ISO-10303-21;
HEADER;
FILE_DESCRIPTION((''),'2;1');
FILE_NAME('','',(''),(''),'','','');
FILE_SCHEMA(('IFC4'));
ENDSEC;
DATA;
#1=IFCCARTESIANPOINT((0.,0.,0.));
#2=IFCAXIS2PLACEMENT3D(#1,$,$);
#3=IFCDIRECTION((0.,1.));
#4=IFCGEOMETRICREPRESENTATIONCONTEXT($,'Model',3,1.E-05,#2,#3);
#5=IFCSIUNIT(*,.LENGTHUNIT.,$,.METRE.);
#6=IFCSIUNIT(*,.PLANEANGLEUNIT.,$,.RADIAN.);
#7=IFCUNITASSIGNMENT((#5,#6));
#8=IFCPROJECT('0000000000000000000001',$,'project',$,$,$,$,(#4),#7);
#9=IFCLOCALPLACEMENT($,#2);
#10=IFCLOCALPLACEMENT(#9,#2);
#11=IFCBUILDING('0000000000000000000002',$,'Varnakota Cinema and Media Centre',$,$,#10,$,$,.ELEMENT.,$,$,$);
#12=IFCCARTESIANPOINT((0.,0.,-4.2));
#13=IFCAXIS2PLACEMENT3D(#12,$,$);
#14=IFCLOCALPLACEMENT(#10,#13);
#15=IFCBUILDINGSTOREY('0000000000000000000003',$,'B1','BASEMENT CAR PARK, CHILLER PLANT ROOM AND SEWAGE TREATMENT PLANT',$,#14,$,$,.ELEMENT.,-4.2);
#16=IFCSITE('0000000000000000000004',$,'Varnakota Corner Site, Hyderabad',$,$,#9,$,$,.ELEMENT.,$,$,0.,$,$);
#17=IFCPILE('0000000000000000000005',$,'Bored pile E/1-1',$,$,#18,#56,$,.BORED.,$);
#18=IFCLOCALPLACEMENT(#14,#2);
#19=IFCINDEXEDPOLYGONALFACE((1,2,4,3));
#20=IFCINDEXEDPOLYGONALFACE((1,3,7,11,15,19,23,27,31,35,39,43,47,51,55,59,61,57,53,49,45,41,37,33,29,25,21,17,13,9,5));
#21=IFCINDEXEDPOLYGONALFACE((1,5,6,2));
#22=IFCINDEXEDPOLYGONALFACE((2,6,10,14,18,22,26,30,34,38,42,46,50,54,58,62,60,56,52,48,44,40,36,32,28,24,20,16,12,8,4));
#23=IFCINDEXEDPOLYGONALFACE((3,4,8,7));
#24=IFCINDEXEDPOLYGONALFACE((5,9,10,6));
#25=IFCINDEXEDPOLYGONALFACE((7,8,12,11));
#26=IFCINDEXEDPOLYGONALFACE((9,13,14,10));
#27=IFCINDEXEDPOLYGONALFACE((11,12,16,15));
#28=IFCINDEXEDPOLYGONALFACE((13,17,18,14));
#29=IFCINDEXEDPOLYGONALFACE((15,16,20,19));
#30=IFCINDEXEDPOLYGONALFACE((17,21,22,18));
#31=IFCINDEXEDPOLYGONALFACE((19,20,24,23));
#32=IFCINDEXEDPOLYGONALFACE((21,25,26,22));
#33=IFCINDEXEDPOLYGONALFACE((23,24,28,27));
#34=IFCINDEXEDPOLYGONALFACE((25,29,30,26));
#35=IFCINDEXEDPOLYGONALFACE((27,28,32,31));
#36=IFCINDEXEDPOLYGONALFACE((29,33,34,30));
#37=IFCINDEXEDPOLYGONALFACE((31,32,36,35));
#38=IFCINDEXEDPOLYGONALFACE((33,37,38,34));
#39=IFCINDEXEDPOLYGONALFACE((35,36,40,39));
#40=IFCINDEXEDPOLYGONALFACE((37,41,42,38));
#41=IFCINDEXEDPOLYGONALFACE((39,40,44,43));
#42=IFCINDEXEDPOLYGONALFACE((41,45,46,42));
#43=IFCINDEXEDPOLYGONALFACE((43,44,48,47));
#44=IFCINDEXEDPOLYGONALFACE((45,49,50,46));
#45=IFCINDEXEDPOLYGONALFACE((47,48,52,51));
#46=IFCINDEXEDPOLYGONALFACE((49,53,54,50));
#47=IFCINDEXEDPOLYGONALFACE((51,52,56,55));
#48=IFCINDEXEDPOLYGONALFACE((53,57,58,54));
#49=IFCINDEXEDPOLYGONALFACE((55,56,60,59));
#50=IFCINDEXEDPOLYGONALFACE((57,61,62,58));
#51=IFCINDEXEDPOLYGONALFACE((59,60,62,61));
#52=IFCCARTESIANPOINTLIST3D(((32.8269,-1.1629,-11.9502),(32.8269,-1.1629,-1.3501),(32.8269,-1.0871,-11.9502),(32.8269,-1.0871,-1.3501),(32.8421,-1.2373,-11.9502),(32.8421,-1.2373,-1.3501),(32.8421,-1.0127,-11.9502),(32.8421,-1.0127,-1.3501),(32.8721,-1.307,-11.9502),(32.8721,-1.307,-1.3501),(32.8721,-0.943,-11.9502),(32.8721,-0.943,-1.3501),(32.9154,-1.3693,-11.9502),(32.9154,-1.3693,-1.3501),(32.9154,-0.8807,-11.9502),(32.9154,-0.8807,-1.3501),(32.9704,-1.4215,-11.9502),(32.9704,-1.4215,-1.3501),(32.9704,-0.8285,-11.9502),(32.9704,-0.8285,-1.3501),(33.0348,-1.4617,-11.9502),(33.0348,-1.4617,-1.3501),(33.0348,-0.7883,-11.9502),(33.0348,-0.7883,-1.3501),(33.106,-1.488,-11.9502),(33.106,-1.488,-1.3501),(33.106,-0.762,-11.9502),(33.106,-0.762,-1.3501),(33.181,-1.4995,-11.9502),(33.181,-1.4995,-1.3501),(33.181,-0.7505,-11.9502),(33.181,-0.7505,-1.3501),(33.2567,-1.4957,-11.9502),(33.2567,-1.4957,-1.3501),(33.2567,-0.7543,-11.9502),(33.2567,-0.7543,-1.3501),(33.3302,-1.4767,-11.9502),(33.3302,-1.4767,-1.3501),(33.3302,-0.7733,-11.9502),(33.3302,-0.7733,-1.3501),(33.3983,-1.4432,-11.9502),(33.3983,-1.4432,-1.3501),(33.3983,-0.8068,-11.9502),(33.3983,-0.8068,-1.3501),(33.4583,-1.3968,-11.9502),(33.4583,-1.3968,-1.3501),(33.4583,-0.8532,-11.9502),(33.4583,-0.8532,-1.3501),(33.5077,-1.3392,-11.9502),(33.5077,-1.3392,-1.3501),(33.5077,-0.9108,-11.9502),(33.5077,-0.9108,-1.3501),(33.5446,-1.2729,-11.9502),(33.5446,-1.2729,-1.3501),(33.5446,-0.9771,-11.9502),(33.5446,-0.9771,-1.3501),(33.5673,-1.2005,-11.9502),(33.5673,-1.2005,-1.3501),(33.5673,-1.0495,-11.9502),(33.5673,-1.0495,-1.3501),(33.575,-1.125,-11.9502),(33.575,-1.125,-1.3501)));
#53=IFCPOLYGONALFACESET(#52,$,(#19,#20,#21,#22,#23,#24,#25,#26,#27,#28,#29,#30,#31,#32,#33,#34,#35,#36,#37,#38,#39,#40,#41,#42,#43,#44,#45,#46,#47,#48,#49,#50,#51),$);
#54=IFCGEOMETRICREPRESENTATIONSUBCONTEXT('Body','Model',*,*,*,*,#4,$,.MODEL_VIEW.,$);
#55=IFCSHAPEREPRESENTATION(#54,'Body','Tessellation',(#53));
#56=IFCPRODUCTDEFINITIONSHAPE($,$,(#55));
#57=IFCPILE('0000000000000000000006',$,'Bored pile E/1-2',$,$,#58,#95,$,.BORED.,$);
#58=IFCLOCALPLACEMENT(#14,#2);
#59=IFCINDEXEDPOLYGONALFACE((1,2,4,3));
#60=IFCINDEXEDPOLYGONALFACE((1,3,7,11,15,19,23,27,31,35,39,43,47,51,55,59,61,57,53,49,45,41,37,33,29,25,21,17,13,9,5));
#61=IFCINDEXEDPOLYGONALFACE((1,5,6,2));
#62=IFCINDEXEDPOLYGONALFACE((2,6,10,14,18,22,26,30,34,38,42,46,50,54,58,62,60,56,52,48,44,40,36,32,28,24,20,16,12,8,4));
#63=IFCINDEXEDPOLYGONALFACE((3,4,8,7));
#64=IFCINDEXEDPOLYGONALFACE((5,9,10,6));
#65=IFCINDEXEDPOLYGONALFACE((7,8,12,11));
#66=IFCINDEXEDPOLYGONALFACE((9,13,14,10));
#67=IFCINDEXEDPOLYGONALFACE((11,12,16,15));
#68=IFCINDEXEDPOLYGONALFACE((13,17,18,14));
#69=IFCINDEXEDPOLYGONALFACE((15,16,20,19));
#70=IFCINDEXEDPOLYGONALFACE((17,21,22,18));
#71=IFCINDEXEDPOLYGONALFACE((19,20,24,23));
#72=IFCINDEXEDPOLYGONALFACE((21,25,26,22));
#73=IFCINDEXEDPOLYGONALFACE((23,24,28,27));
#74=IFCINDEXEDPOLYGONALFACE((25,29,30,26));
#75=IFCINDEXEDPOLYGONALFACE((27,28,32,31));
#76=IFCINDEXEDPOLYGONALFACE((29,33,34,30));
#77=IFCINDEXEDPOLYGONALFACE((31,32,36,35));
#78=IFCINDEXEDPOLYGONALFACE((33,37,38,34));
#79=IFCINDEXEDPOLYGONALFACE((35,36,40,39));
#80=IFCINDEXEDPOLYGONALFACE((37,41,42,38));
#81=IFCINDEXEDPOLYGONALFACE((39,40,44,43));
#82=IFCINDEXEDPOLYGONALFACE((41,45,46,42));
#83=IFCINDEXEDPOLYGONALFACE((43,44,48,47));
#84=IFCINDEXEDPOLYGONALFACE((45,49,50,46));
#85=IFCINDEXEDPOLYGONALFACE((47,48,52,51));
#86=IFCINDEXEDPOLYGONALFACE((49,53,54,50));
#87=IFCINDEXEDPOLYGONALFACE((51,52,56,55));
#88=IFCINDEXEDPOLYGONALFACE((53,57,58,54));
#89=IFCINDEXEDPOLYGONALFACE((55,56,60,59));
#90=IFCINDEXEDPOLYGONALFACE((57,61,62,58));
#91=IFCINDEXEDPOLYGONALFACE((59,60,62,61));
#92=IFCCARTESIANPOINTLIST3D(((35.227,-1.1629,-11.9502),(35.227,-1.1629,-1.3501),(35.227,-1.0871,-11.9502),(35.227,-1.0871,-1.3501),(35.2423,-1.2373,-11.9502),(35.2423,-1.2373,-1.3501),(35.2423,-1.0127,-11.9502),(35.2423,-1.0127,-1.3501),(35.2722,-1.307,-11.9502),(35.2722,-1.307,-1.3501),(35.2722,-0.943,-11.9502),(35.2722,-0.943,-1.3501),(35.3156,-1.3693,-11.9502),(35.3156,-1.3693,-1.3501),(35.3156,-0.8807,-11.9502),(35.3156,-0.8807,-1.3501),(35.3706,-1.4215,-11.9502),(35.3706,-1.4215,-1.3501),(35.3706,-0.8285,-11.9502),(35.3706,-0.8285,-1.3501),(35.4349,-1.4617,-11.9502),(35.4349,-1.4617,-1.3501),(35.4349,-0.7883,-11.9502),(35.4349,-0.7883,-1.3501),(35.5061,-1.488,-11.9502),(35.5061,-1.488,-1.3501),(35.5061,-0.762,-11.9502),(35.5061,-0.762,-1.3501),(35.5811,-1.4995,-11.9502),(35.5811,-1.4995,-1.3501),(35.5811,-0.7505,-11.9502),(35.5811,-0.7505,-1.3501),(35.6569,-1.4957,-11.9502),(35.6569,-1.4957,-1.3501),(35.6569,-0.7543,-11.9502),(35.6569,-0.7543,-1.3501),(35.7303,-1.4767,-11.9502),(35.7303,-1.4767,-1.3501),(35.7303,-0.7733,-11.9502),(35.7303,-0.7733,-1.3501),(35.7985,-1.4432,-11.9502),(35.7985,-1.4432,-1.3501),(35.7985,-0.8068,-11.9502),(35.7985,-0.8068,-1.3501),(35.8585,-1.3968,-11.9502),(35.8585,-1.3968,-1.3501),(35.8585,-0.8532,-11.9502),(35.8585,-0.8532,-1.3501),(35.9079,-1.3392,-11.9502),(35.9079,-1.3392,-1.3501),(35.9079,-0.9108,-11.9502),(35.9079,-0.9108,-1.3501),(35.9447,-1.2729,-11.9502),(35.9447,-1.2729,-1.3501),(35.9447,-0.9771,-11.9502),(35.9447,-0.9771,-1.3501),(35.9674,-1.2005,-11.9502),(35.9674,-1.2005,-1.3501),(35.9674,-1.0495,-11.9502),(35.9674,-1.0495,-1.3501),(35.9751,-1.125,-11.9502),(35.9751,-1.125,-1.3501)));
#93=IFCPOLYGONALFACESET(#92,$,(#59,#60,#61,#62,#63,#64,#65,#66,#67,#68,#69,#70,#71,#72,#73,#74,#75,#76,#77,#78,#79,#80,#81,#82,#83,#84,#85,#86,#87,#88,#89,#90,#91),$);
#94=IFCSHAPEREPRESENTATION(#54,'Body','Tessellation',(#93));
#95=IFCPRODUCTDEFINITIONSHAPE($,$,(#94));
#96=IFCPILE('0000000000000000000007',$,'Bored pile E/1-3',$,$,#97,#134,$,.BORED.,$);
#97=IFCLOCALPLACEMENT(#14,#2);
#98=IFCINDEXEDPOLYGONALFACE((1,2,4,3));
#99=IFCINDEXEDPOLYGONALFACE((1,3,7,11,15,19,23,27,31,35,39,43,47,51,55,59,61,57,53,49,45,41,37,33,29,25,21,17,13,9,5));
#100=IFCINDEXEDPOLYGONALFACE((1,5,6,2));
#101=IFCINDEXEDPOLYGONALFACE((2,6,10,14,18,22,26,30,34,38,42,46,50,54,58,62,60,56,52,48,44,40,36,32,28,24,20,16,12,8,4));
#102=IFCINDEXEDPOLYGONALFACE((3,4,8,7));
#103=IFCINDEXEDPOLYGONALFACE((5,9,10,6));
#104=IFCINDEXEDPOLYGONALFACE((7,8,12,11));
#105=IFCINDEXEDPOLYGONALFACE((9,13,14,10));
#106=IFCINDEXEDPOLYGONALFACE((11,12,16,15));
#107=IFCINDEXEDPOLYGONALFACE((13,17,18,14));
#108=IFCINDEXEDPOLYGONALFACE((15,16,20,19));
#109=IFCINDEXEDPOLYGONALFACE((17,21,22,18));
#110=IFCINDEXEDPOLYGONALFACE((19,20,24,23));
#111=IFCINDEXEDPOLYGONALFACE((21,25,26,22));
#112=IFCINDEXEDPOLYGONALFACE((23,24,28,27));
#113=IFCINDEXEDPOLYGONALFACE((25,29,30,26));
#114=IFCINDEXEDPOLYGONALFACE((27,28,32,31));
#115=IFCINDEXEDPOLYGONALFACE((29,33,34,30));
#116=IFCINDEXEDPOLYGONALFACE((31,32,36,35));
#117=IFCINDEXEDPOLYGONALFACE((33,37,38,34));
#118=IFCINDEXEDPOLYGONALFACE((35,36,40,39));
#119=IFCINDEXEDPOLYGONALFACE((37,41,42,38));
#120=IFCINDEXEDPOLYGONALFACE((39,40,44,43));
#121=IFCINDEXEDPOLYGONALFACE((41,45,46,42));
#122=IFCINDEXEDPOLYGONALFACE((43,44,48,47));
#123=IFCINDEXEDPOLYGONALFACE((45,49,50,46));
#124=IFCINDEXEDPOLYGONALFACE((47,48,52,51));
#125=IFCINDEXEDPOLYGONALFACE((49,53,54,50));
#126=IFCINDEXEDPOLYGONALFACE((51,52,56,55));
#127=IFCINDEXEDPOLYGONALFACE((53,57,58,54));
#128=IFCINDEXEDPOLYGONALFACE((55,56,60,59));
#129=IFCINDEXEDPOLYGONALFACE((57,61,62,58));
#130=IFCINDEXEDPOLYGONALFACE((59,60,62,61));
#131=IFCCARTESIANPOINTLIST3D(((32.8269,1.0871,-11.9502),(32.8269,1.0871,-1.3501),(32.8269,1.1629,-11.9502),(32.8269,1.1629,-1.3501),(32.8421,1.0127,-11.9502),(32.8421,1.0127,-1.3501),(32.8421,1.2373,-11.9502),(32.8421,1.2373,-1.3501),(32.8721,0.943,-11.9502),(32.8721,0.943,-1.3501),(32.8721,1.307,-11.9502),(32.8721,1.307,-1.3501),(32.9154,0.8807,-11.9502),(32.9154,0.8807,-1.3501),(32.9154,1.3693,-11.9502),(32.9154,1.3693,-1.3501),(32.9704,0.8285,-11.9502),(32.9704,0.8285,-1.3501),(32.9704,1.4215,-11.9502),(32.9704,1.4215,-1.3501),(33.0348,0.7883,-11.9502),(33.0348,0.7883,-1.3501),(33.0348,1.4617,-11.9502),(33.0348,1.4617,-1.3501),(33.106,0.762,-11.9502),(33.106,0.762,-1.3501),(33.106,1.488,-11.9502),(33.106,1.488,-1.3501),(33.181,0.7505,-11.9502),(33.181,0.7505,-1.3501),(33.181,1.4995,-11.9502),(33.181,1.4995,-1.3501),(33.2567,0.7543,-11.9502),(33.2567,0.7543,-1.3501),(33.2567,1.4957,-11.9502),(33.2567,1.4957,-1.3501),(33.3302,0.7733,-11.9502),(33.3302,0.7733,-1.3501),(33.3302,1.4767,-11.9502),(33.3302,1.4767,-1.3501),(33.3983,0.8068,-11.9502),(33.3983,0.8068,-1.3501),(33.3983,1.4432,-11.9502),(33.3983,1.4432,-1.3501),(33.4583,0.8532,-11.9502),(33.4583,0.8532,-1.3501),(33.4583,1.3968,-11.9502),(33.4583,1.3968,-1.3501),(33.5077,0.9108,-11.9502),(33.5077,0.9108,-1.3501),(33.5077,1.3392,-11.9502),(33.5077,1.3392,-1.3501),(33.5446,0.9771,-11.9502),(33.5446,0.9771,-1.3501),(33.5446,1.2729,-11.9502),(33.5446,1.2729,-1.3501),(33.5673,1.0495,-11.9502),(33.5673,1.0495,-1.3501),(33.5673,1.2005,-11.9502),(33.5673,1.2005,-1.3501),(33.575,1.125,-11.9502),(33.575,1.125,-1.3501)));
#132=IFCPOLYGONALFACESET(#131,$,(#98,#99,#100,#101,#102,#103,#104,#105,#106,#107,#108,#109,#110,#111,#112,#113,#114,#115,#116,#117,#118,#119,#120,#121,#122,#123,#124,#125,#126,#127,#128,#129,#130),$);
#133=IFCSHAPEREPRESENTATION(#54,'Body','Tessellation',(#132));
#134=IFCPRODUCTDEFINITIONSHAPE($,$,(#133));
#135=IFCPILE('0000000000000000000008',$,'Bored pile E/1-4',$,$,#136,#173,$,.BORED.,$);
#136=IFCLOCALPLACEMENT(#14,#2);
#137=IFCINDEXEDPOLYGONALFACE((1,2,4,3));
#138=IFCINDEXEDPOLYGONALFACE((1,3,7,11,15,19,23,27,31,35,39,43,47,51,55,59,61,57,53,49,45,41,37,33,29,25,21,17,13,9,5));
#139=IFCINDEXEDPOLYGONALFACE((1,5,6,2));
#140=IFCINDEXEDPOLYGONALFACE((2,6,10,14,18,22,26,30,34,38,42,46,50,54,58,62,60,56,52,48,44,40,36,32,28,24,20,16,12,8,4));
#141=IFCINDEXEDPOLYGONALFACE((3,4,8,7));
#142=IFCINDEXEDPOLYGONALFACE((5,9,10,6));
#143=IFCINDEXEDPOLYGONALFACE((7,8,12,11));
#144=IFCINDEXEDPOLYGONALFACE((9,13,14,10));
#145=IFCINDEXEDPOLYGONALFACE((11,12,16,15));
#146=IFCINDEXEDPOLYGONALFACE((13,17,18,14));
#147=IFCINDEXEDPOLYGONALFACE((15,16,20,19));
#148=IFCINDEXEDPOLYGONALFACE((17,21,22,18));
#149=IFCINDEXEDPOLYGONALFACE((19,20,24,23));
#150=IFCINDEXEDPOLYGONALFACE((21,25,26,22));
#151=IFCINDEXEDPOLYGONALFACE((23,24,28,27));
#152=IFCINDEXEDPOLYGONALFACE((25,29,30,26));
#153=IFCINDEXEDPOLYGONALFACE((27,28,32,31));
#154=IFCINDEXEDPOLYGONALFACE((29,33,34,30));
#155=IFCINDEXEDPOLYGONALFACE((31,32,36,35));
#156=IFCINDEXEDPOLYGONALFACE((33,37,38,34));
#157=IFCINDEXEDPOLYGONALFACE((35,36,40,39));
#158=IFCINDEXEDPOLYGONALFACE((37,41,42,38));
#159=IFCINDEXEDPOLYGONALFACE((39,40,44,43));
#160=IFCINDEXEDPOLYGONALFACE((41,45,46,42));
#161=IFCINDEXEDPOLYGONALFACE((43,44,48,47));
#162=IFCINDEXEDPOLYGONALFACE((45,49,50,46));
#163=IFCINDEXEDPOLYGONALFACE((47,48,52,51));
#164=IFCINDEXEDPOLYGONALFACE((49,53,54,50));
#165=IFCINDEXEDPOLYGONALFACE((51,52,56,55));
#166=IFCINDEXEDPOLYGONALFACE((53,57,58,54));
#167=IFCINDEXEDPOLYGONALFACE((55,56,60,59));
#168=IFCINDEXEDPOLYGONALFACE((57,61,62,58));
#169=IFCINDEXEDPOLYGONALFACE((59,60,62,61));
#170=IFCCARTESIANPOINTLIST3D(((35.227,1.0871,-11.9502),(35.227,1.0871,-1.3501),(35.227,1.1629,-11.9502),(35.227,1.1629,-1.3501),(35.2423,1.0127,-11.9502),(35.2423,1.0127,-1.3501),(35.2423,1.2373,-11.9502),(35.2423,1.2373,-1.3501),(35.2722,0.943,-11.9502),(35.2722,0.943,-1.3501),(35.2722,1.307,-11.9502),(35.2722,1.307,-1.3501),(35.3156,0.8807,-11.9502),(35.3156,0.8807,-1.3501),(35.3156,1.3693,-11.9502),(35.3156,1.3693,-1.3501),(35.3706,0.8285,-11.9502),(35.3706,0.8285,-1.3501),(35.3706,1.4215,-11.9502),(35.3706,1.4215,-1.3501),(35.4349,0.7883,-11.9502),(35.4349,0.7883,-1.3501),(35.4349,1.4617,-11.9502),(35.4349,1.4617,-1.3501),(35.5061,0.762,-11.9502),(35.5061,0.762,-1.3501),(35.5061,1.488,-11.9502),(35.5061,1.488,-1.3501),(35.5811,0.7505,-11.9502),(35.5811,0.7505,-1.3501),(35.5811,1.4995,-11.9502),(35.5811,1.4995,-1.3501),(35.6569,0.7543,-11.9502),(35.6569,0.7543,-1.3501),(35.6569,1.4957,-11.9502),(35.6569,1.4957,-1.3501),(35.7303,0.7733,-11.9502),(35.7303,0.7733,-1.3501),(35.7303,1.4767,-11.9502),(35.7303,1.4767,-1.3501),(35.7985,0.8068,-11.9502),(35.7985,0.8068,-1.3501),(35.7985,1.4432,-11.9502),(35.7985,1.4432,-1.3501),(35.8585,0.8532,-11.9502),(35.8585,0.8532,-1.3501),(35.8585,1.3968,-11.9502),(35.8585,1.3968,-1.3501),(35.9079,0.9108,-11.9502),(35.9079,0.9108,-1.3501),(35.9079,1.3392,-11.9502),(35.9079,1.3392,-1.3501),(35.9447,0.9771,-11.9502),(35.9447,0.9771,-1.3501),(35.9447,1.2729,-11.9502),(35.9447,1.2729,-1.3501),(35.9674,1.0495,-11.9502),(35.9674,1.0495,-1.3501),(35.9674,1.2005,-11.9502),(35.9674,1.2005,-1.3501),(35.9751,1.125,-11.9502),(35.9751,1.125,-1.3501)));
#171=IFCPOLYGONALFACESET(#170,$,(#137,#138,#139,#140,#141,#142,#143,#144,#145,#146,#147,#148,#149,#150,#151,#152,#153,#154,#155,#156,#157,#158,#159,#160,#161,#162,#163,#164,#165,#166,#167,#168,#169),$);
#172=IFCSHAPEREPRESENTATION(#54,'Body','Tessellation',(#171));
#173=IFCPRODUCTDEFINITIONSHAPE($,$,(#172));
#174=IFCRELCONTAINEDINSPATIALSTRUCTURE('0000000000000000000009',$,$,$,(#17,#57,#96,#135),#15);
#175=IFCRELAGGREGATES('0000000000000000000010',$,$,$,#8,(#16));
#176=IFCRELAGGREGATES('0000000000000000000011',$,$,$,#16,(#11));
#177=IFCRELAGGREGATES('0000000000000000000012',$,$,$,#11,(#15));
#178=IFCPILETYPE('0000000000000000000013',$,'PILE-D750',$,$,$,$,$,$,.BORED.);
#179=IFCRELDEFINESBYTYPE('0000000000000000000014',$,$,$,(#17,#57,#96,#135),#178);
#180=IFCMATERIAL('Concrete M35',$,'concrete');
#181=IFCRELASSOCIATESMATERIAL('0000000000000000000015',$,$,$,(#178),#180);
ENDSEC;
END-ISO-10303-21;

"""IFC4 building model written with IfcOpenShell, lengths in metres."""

from ifc_helpers import new_model, si_unit, direction, frame, origin, origin_2d, place, context, subcontext, project, spatial, circle, extrude, material, material_profile, profile_set, type_object, element, save


model = new_model("IFC4")

# Units and contexts
model_context = context("Model", 3, precision=1e-05, world=origin(), true_north=direction((0.0, 1.0)))
body_context = subcontext(model_context, "Body", "Model", "MODEL_VIEW")
ifc_project = project(units=[si_unit("LENGTHUNIT", "METRE"), si_unit("PLANEANGLEUNIT", "RADIAN")], contexts=[model_context])

# Site, building, storey
site_placement = place(None, origin())
site = spatial("IfcSite", under=ifc_project, at=site_placement, Name="Varnakota Corner Site, Hyderabad", CompositionType="ELEMENT", RefElevation=0.0)
building_placement = place(site_placement, origin())
building = spatial("IfcBuilding", under=site, at=building_placement, Name="Varnakota Cinema and Media Centre", CompositionType="ELEMENT")
storey_placement = place(building_placement, frame((0.0, 0.0, -4.2)))
storey = spatial("IfcBuildingStorey", under=building, at=storey_placement, Name="B1", Description="BASEMENT CAR PARK, CHILLER PLANT ROOM AND SEWAGE TREATMENT PLANT", CompositionType="ELEMENT", Elevation=-4.2)

# Piles
ifc_material_1 = material(Name="Concrete M35", Category="concrete")
ifc_material_profile_1 = material_profile(ifc_material_1, circle(Radius=0.375, at=origin_2d()), Name="PILE D750")
ifc_profile_set_1 = profile_set([ifc_material_profile_1], Name="Concrete M35")
pile_type_1 = type_object("IfcPileType", Name="PILE-D750", PredefinedType="BORED", material=ifc_profile_set_1)
for number, where, z_axis, x_axis, name in (
    (1, (33.2, -1.125, -1.3501), (0.0, 0.0, -1.0), (1.0, 0.0, 0.0), "Bored pile E/1-1"),
    (2, (35.6001, -1.125, -1.3501), (0.0, 0.0, -1.0), (1.0, 0.0, 0.0), "Bored pile E/1-2"),
    (3, (33.2, 1.125, -1.3501), (0.0, 0.0, -1.0), (1.0, 0.0, 0.0), "Bored pile E/1-3"),
    (4, (35.6001, 1.125, -1.3501), (0.0, 0.0, -1.0), (1.0, 0.0, 0.0), "Bored pile E/1-4"),
):
    element("IfcPile", number, at=place(storey_placement, frame(where, z_axis=z_axis, x_axis=x_axis)), inside=storey, type_object=pile_type_1, Name=name, PredefinedType="BORED", context=body_context, shape_type="SweptSolid", body=[
        extrude(circle(Radius=0.375, at=origin_2d()), origin(), (0.0, 0.0, 1.0), 10.6001),
    ])

save(model, "model.ifc")
